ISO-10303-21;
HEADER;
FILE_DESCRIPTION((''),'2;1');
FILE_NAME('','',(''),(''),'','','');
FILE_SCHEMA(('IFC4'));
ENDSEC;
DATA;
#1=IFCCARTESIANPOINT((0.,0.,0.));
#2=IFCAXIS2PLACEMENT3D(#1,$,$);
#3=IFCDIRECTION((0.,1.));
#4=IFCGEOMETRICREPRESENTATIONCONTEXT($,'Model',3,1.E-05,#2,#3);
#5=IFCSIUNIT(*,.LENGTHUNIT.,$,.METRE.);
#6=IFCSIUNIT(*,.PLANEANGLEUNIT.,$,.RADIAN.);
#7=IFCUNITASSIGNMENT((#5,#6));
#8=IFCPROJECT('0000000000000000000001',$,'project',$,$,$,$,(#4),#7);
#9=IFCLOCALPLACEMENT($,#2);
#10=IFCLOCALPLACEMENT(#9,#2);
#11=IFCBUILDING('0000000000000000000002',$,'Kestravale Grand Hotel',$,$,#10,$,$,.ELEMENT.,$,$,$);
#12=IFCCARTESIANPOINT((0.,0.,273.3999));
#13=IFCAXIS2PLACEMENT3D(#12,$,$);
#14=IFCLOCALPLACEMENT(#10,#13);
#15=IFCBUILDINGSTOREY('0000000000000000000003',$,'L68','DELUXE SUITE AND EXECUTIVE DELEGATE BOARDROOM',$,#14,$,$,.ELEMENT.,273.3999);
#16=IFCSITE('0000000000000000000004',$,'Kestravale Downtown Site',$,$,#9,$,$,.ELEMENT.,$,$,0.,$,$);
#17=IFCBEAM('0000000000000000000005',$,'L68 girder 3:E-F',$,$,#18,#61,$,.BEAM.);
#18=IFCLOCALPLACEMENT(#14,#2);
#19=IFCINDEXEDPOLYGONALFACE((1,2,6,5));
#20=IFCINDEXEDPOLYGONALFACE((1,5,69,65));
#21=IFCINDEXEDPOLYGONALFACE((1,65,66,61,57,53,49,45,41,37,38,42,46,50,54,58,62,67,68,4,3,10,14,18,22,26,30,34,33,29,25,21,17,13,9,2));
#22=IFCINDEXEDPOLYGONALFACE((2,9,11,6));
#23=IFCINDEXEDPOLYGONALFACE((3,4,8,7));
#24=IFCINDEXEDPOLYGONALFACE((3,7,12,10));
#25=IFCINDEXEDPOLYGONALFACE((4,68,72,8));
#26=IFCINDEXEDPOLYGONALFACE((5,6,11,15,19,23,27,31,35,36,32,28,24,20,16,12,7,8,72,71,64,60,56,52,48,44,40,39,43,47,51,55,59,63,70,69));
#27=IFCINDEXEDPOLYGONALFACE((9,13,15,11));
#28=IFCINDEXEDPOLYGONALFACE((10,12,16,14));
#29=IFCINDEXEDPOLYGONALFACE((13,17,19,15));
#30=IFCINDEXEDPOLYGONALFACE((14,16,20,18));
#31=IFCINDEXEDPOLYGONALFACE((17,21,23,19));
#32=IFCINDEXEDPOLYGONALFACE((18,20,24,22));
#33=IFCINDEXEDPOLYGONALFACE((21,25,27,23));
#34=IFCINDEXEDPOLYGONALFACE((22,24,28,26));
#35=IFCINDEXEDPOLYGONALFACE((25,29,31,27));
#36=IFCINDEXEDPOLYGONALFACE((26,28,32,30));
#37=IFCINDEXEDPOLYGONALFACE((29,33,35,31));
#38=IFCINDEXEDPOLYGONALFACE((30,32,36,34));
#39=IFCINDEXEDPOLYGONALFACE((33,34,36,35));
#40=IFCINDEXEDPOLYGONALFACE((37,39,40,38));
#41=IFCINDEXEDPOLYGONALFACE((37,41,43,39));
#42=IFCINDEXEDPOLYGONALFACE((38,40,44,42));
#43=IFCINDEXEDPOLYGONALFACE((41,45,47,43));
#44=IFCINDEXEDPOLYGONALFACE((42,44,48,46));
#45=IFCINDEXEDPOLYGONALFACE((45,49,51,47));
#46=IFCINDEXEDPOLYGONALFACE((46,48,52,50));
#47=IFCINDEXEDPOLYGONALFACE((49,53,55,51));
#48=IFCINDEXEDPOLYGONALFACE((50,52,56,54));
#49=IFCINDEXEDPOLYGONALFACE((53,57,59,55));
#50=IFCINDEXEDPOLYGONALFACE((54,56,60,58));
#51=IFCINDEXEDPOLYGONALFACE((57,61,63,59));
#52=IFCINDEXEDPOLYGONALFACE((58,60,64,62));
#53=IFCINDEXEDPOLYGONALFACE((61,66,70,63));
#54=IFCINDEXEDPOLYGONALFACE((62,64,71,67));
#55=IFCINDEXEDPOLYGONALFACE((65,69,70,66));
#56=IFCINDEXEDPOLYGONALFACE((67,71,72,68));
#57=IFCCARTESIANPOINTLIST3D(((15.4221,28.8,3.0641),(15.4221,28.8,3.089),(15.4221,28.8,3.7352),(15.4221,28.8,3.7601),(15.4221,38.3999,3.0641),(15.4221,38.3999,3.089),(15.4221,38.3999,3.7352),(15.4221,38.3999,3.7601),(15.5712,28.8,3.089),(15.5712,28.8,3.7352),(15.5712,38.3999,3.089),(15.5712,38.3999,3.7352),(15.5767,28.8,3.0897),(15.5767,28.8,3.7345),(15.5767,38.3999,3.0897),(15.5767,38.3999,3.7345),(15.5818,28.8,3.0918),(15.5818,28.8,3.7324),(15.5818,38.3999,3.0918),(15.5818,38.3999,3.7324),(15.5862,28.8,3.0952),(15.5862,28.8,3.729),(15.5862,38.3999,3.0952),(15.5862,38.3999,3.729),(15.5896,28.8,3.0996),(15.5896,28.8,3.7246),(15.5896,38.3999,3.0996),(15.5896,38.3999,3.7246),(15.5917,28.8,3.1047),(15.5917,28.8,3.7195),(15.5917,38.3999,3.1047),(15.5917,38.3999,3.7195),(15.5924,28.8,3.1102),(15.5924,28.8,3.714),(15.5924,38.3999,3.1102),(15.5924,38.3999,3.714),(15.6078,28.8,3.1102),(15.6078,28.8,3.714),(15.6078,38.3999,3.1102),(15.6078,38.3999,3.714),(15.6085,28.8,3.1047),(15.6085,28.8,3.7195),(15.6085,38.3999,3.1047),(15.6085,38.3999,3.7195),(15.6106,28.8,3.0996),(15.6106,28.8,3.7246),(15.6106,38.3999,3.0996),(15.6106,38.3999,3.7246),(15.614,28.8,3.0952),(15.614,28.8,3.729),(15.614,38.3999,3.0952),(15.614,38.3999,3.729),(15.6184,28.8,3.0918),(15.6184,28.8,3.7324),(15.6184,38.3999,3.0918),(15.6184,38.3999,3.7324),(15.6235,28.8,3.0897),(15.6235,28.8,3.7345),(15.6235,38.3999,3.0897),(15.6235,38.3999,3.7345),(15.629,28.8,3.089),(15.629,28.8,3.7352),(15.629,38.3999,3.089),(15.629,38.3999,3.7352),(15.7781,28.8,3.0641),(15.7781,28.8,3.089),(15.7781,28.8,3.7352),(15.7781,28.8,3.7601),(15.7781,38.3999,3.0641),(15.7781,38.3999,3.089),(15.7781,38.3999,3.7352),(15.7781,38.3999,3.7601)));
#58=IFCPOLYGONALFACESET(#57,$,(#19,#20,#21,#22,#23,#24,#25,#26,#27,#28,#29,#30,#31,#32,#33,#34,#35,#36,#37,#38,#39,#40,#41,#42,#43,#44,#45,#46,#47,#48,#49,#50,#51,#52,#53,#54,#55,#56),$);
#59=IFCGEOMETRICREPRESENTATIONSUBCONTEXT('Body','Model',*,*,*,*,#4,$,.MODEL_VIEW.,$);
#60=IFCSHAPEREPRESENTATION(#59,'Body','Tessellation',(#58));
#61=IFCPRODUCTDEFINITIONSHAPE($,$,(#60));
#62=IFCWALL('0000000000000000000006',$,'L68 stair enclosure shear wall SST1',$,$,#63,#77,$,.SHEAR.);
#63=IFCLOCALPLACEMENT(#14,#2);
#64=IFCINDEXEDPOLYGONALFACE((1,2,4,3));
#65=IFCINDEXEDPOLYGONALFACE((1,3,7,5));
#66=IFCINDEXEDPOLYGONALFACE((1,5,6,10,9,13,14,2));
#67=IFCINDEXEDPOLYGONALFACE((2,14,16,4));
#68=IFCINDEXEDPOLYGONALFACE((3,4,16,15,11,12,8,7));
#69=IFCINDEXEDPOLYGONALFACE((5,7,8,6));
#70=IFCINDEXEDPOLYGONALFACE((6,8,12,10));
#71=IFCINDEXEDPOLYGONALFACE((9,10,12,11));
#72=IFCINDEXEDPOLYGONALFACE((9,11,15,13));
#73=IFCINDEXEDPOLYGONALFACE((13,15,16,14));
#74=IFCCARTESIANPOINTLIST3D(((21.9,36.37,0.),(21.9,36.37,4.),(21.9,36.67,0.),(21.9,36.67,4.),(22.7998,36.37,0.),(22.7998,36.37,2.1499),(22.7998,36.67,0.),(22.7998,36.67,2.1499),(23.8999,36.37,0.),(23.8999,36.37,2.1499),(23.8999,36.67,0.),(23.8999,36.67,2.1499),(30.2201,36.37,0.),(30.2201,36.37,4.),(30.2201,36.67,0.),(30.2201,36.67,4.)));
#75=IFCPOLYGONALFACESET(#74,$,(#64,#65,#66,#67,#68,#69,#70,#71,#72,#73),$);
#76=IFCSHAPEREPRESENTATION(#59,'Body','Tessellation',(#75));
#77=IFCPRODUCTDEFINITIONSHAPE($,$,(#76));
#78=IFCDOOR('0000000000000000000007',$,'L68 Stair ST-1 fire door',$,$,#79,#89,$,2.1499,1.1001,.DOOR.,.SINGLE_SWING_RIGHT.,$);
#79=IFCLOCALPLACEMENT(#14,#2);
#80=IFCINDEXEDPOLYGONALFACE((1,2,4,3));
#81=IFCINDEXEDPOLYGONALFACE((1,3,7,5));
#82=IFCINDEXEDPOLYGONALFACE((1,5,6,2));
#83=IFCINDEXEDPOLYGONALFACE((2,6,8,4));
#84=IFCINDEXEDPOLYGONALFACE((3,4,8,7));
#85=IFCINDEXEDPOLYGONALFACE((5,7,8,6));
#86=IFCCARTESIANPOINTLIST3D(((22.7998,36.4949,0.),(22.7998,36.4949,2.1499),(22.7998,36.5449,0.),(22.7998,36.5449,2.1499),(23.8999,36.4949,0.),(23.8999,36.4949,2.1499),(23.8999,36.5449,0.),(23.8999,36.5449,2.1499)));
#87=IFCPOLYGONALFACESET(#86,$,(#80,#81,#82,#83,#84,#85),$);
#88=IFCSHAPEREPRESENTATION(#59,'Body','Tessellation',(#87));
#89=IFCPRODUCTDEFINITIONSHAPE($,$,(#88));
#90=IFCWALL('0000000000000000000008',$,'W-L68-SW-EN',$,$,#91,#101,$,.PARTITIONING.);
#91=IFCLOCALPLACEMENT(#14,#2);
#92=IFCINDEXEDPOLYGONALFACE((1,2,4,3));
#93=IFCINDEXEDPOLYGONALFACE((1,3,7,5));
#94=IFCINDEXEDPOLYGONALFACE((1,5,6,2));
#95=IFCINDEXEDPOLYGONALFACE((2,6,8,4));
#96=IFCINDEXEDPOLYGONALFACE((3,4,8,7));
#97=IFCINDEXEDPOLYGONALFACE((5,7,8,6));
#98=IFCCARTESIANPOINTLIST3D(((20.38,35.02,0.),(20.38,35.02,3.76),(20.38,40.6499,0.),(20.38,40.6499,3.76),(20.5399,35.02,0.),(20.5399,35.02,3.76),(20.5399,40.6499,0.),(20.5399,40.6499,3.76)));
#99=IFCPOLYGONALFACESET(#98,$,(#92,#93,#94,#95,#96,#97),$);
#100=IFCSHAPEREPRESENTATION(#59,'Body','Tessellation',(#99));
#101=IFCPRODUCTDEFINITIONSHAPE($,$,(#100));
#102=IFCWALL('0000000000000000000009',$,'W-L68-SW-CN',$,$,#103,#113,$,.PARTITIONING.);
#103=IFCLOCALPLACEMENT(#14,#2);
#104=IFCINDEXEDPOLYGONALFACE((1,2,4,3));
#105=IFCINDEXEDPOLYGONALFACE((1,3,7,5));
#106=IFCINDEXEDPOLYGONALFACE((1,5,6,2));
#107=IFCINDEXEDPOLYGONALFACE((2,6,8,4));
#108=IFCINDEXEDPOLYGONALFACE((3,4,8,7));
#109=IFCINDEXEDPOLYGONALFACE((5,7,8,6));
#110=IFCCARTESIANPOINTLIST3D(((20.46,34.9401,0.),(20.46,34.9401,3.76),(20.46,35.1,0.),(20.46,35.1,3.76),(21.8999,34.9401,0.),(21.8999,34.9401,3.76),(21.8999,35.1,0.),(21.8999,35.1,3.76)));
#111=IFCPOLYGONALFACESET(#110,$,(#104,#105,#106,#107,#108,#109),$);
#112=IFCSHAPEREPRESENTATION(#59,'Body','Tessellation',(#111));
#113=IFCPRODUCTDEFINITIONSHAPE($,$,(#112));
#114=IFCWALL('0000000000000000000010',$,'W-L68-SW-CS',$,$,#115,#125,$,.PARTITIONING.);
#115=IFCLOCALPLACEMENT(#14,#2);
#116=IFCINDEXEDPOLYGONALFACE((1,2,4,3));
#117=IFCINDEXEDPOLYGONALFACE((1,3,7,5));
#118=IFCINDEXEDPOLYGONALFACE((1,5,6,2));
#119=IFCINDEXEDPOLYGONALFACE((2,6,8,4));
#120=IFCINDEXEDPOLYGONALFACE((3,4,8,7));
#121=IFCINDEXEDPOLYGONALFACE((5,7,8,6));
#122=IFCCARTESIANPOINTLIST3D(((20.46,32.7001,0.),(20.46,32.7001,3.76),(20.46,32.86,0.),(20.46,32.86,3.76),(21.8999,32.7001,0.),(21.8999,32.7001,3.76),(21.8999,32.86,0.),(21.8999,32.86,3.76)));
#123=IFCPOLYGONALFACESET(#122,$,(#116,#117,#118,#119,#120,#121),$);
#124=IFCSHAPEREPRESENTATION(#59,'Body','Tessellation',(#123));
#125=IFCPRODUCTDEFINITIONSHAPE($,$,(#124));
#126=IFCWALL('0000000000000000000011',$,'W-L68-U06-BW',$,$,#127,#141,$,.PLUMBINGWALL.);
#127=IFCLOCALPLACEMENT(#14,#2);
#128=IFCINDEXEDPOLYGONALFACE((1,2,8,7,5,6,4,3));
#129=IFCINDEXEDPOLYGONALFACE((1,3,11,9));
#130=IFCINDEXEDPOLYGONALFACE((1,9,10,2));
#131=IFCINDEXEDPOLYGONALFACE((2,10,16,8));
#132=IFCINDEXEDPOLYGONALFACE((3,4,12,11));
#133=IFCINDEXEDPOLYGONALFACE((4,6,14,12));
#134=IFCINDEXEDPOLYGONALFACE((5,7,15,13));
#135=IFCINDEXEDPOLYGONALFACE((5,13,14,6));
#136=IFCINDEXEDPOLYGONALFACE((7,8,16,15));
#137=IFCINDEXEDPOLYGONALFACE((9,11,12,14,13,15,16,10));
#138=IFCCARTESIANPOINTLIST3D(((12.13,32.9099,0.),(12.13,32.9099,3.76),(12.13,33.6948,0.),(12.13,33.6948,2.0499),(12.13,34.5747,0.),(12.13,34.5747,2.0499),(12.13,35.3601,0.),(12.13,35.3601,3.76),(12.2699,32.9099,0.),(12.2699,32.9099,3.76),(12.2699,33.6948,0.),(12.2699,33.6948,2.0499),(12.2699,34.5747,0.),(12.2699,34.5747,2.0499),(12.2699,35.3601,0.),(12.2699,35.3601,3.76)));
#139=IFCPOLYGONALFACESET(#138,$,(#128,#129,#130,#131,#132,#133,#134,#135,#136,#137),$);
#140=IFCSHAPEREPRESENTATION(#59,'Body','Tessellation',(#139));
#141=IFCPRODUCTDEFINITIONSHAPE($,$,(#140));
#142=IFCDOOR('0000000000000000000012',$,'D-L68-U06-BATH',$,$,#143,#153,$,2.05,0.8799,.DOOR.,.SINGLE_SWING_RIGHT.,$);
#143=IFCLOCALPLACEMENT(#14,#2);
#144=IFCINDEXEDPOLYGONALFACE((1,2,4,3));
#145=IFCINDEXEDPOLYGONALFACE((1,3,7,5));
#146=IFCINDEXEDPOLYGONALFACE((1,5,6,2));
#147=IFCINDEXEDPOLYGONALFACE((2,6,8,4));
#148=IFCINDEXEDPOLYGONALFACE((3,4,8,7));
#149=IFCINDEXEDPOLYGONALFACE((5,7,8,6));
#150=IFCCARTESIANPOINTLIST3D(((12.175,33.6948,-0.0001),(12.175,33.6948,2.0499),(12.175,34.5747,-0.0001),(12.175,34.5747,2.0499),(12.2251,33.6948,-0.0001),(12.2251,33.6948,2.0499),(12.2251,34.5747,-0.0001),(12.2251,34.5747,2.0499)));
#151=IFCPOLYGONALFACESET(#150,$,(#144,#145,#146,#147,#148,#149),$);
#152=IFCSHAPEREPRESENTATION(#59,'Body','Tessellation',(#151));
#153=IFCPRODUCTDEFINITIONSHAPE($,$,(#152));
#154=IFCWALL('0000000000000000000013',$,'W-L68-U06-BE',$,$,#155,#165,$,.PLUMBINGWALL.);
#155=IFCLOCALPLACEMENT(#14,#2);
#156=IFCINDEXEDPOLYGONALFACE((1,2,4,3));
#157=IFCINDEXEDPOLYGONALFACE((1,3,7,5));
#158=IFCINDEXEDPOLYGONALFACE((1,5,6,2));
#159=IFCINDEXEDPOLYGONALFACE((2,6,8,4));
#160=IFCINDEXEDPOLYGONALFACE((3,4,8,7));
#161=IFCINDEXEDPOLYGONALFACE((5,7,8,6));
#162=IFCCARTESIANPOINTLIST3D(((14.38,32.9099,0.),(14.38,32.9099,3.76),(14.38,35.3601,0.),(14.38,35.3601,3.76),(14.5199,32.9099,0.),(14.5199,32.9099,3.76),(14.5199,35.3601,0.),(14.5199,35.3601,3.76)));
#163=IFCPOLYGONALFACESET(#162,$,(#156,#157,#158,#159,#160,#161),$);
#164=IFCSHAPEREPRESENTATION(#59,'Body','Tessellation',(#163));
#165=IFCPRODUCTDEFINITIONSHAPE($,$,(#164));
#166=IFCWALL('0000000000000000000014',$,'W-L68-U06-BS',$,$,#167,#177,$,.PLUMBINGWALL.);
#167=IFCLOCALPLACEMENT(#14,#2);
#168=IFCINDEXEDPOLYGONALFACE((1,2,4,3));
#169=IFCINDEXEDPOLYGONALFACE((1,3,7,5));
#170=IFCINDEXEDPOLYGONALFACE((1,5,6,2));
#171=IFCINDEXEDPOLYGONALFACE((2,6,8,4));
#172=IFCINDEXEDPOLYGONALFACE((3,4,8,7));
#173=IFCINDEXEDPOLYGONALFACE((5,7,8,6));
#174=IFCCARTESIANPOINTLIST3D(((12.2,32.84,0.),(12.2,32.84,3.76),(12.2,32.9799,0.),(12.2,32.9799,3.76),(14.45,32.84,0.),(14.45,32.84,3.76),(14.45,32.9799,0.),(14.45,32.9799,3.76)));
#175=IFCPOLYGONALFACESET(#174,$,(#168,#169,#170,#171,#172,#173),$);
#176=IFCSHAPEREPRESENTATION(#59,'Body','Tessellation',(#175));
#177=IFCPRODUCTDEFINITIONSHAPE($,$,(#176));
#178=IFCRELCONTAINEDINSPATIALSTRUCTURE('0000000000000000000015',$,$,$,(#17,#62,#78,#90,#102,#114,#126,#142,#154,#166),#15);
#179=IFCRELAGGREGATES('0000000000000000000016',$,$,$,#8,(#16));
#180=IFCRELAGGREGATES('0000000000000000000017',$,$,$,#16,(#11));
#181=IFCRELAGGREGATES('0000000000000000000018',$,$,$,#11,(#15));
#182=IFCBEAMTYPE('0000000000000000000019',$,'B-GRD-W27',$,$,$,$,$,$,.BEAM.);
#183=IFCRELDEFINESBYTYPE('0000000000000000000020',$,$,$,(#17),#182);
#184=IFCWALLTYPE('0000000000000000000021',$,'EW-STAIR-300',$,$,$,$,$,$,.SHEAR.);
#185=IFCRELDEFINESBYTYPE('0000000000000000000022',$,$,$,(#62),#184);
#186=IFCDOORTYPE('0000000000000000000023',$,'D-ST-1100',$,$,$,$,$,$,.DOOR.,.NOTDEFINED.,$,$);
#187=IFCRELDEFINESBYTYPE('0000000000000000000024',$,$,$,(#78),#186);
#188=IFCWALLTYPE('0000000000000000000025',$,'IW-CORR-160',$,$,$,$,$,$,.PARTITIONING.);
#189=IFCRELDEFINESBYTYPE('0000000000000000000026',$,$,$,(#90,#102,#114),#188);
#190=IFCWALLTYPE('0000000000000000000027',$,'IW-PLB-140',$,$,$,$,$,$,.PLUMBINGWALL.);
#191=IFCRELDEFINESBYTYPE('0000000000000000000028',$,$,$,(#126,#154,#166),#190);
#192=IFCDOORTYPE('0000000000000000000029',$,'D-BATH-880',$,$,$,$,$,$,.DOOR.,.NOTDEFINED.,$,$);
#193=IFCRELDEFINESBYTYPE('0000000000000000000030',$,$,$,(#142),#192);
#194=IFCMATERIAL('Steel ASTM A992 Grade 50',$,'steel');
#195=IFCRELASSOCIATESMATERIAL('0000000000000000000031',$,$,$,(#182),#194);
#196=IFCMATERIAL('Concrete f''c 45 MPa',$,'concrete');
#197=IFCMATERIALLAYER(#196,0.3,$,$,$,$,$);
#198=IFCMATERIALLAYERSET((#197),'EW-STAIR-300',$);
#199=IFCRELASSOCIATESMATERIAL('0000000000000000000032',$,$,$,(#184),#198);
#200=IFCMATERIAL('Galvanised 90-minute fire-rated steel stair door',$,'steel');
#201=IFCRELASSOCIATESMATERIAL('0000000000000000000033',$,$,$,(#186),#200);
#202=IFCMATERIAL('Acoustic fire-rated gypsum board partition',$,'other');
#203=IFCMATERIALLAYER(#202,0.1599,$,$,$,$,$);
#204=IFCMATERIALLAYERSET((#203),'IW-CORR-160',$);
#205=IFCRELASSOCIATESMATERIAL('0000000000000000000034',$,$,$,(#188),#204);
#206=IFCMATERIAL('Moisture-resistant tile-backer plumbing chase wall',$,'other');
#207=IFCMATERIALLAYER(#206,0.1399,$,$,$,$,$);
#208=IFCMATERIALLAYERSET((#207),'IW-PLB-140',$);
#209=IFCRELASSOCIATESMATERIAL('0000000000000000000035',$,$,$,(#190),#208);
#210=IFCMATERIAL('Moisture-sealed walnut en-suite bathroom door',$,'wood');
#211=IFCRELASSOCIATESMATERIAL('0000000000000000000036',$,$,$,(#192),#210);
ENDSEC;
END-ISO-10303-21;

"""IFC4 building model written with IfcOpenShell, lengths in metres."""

from ifc_helpers import new_model, si_unit, direction, frame, frame_2d, origin, origin_2d, place, context, subcontext, project, spatial, rectangle, i_section, extrude, material, layer, layer_set, material_profile, profile_set, type_object, element, fill, save


model = new_model("IFC4")

# Units and contexts
model_context = context("Model", 3, precision=1e-05, world=origin(), true_north=direction((0.0, 1.0)))
body_context = subcontext(model_context, "Body", "Model", "MODEL_VIEW")
ifc_project = project(units=[si_unit("LENGTHUNIT", "METRE"), si_unit("PLANEANGLEUNIT", "RADIAN")], contexts=[model_context])

# Site, building, storey
site_placement = place(None, origin())
site = spatial("IfcSite", under=ifc_project, at=site_placement, Name="Kestravale Downtown Site", CompositionType="ELEMENT", RefElevation=0.0)
building_placement = place(site_placement, origin())
building = spatial("IfcBuilding", under=site, at=building_placement, Name="Kestravale Grand Hotel", CompositionType="ELEMENT")
storey_placement = place(building_placement, frame((0.0, 0.0, 273.3999)))
storey = spatial("IfcBuildingStorey", under=building, at=storey_placement, Name="L68", Description="DELUXE SUITE AND EXECUTIVE DELEGATE BOARDROOM", CompositionType="ELEMENT", Elevation=273.3999)

# Beam
ifc_material_1 = material(Name="Steel ASTM A992 Grade 50", Category="steel")
ifc_material_profile_1 = material_profile(ifc_material_1, i_section(OverallWidth=0.356, OverallDepth=0.696, WebThickness=0.0154, FlangeThickness=0.0249, FilletRadius=0.0212, at=origin_2d()))
ifc_profile_set_1 = profile_set([ifc_material_profile_1], Name="Steel ASTM A992 Grade 50")
beam_type = type_object("IfcBeamType", Name="B-GRD-W27", PredefinedType="BEAM", material=ifc_profile_set_1)
beam_placement = place(storey_placement, frame((15.6001, 28.8, 3.4121), z_axis=(0.0, 1.0, 0.0), x_axis=(-1.0, 0.0, 0.0)))
element("IfcBeam", 1, at=beam_placement, inside=storey, type_object=beam_type, Name="L68 girder 3:E-F", PredefinedType="BEAM", context=body_context, shape_type="SweptSolid", body=[
    extrude(i_section(OverallWidth=0.356, OverallDepth=0.696, WebThickness=0.0154, FlangeThickness=0.0249, FilletRadius=0.0212, at=origin_2d()), origin(), (0.0, 0.0, 1.0), 9.5999),
])

# Wall, opening, door
ifc_material_2 = material(Name="Concrete f'c 45 MPa", Category="concrete")
ifc_layer_1 = layer(ifc_material_2, 0.3)
ifc_layer_set_1 = layer_set([ifc_layer_1], Name="EW-STAIR-300")
wall_type_1 = type_object("IfcWallType", Name="EW-STAIR-300", PredefinedType="SHEAR", material=ifc_layer_set_1)
wall_1_placement = place(storey_placement, frame((21.8999, 36.52, 0.0), z_axis=(0.0, 0.0, 1.0), x_axis=(1.0, 0.0, 0.0)))
wall_1 = element("IfcWall", 2, at=wall_1_placement, inside=storey, type_object=wall_type_1, Name="L68 stair enclosure shear wall SST1", PredefinedType="SHEAR", context=body_context, shape_type="SweptSolid", body=[
    extrude(rectangle(XDim=8.3201, YDim=0.3, at=frame_2d((4.1602, 0.0))), origin(), (0.0, 0.0, 1.0), 4.0),
])
opening_1_placement = place(wall_1_placement, frame((0.8999, 0.0, 0.0)))
opening_1 = element("IfcOpeningElement", 3, at=opening_1_placement, cuts=wall_1, PredefinedType="OPENING", context=body_context, shape_type="SweptSolid", body=[
    extrude(rectangle(XDim=1.1001, YDim=2.1499, at=frame_2d((0.55, 1.075))), frame((0.0, 0.1599, 0.0), z_axis=(0.0, -1.0, 0.0), x_axis=(1.0, 0.0, 0.0)), (0.0, 0.0, 1.0), 0.3201),
])
ifc_material_3 = material(Name="Galvanised 90-minute fire-rated steel stair door", Category="steel")
door_type_1 = type_object("IfcDoorType", Name="D-ST-1100", OperationType="NOTDEFINED", PredefinedType="DOOR", material=ifc_material_3)
door_1_placement = place(opening_1_placement, origin())
door_1 = element("IfcDoor", 4, at=door_1_placement, inside=storey, type_object=door_type_1, Name="L68 Stair ST-1 fire door", OperationType="SINGLE_SWING_RIGHT", OverallHeight=2.1499, OverallWidth=1.1001, PredefinedType="DOOR", context=body_context, shape_type="SweptSolid", body=[
    extrude(rectangle(XDim=1.1001, YDim=2.1499, at=frame_2d((0.55, 1.075))), frame((0.0, 0.0249, 0.0), z_axis=(0.0, -1.0, 0.0), x_axis=(1.0, 0.0, 0.0)), (0.0, 0.0, 1.0), 0.05),
])
fill(opening_1, door_1)

# Walls
ifc_material_4 = material(Name="Acoustic fire-rated gypsum board partition", Category="other")
ifc_layer_2 = layer(ifc_material_4, 0.1599)
ifc_layer_set_2 = layer_set([ifc_layer_2], Name="IW-CORR-160")
wall_type_2 = type_object("IfcWallType", Name="IW-CORR-160", PredefinedType="PARTITIONING", material=ifc_layer_set_2)
wall_2_placement = place(storey_placement, frame((20.46, 35.02, 0.0), z_axis=(0.0, 0.0, 1.0), x_axis=(0.0, 1.0, 0.0)))
element("IfcWall", 5, at=wall_2_placement, inside=storey, type_object=wall_type_2, Name="W-L68-SW-EN", PredefinedType="PARTITIONING", context=body_context, shape_type="SweptSolid", body=[
    extrude(rectangle(XDim=5.6299, YDim=0.1599, at=frame_2d((2.8149, 0.0))), origin(), (0.0, 0.0, 1.0), 3.76),
])
for number, where, z_axis, x_axis, name in (
    (6, (20.46, 35.02, 0.0), (0.0, 0.0, 1.0), (1.0, 0.0, 0.0), "W-L68-SW-CN"),
    (7, (20.46, 32.78, 0.0), (0.0, 0.0, 1.0), (1.0, 0.0, 0.0), "W-L68-SW-CS"),
):
    element("IfcWall", number, at=place(storey_placement, frame(where, z_axis=z_axis, x_axis=x_axis)), inside=storey, type_object=wall_type_2, Name=name, PredefinedType="PARTITIONING", context=body_context, shape_type="SweptSolid", body=[
        extrude(rectangle(XDim=1.4399, YDim=0.1599, at=frame_2d((0.72, 0.0))), origin(), (0.0, 0.0, 1.0), 3.76),
    ])

# Wall, opening, door
ifc_material_5 = material(Name="Moisture-resistant tile-backer plumbing chase wall", Category="other")
ifc_layer_3 = layer(ifc_material_5, 0.1399)
ifc_layer_set_3 = layer_set([ifc_layer_3], Name="IW-PLB-140")
wall_type_3 = type_object("IfcWallType", Name="IW-PLB-140", PredefinedType="PLUMBINGWALL", material=ifc_layer_set_3)
wall_3_placement = place(storey_placement, frame((12.2, 32.9099, 0.0), z_axis=(0.0, 0.0, 1.0), x_axis=(0.0, 1.0, 0.0)))
wall_3 = element("IfcWall", 8, at=wall_3_placement, inside=storey, type_object=wall_type_3, Name="W-L68-U06-BW", PredefinedType="PLUMBINGWALL", context=body_context, shape_type="SweptSolid", body=[
    extrude(rectangle(XDim=2.4502, YDim=0.1399, at=frame_2d((1.2251, 0.0))), origin(), (0.0, 0.0, 1.0), 3.76),
])
opening_2_placement = place(wall_3_placement, frame((0.7849, 0.0, 0.0)))
opening_2 = element("IfcOpeningElement", 9, at=opening_2_placement, cuts=wall_3, PredefinedType="OPENING", context=body_context, shape_type="SweptSolid", body=[
    extrude(rectangle(XDim=0.8799, YDim=2.05, at=frame_2d((0.4399, 1.0249))), frame((0.0, 0.0798, 0.0), z_axis=(0.0, -1.0, 0.0), x_axis=(1.0, 0.0, 0.0)), (0.0, 0.0, 1.0), 0.1599),
])
ifc_material_6 = material(Name="Moisture-sealed walnut en-suite bathroom door", Category="wood")
door_type_2 = type_object("IfcDoorType", Name="D-BATH-880", OperationType="NOTDEFINED", PredefinedType="DOOR", material=ifc_material_6)
door_2_placement = place(opening_2_placement, origin())
door_2 = element("IfcDoor", 10, at=door_2_placement, inside=storey, type_object=door_type_2, Name="D-L68-U06-BATH", OperationType="SINGLE_SWING_RIGHT", OverallHeight=2.05, OverallWidth=0.8799, PredefinedType="DOOR", context=body_context, shape_type="SweptSolid", body=[
    extrude(rectangle(XDim=0.8799, YDim=2.05, at=frame_2d((0.4399, 1.0249))), frame((0.0, 0.0249, 0.0), z_axis=(0.0, -1.0, 0.0), x_axis=(1.0, 0.0, 0.0)), (0.0, 0.0, 1.0), 0.05),
])
fill(opening_2, door_2)

# Walls
wall_4_placement = place(storey_placement, frame((14.45, 32.9099, 0.0), z_axis=(0.0, 0.0, 1.0), x_axis=(0.0, 1.0, 0.0)))
element("IfcWall", 11, at=wall_4_placement, inside=storey, type_object=wall_type_3, Name="W-L68-U06-BE", PredefinedType="PLUMBINGWALL", context=body_context, shape_type="SweptSolid", body=[
    extrude(rectangle(XDim=2.4502, YDim=0.1399, at=frame_2d((1.2251, 0.0))), origin(), (0.0, 0.0, 1.0), 3.76),
])
for number, where, z_axis, x_axis, name in (
    (12, (12.2, 32.9099, 0.0), (0.0, 0.0, 1.0), (1.0, 0.0, 0.0), "W-L68-U06-BS"),
):
    element("IfcWall", number, at=place(storey_placement, frame(where, z_axis=z_axis, x_axis=x_axis)), inside=storey, type_object=wall_type_3, Name=name, PredefinedType="PLUMBINGWALL", context=body_context, shape_type="SweptSolid", body=[
        extrude(rectangle(XDim=2.25, YDim=0.1399, at=frame_2d((1.125, 0.0))), origin(), (0.0, 0.0, 1.0), 3.76),
    ])

save(model, "model.ifc")
